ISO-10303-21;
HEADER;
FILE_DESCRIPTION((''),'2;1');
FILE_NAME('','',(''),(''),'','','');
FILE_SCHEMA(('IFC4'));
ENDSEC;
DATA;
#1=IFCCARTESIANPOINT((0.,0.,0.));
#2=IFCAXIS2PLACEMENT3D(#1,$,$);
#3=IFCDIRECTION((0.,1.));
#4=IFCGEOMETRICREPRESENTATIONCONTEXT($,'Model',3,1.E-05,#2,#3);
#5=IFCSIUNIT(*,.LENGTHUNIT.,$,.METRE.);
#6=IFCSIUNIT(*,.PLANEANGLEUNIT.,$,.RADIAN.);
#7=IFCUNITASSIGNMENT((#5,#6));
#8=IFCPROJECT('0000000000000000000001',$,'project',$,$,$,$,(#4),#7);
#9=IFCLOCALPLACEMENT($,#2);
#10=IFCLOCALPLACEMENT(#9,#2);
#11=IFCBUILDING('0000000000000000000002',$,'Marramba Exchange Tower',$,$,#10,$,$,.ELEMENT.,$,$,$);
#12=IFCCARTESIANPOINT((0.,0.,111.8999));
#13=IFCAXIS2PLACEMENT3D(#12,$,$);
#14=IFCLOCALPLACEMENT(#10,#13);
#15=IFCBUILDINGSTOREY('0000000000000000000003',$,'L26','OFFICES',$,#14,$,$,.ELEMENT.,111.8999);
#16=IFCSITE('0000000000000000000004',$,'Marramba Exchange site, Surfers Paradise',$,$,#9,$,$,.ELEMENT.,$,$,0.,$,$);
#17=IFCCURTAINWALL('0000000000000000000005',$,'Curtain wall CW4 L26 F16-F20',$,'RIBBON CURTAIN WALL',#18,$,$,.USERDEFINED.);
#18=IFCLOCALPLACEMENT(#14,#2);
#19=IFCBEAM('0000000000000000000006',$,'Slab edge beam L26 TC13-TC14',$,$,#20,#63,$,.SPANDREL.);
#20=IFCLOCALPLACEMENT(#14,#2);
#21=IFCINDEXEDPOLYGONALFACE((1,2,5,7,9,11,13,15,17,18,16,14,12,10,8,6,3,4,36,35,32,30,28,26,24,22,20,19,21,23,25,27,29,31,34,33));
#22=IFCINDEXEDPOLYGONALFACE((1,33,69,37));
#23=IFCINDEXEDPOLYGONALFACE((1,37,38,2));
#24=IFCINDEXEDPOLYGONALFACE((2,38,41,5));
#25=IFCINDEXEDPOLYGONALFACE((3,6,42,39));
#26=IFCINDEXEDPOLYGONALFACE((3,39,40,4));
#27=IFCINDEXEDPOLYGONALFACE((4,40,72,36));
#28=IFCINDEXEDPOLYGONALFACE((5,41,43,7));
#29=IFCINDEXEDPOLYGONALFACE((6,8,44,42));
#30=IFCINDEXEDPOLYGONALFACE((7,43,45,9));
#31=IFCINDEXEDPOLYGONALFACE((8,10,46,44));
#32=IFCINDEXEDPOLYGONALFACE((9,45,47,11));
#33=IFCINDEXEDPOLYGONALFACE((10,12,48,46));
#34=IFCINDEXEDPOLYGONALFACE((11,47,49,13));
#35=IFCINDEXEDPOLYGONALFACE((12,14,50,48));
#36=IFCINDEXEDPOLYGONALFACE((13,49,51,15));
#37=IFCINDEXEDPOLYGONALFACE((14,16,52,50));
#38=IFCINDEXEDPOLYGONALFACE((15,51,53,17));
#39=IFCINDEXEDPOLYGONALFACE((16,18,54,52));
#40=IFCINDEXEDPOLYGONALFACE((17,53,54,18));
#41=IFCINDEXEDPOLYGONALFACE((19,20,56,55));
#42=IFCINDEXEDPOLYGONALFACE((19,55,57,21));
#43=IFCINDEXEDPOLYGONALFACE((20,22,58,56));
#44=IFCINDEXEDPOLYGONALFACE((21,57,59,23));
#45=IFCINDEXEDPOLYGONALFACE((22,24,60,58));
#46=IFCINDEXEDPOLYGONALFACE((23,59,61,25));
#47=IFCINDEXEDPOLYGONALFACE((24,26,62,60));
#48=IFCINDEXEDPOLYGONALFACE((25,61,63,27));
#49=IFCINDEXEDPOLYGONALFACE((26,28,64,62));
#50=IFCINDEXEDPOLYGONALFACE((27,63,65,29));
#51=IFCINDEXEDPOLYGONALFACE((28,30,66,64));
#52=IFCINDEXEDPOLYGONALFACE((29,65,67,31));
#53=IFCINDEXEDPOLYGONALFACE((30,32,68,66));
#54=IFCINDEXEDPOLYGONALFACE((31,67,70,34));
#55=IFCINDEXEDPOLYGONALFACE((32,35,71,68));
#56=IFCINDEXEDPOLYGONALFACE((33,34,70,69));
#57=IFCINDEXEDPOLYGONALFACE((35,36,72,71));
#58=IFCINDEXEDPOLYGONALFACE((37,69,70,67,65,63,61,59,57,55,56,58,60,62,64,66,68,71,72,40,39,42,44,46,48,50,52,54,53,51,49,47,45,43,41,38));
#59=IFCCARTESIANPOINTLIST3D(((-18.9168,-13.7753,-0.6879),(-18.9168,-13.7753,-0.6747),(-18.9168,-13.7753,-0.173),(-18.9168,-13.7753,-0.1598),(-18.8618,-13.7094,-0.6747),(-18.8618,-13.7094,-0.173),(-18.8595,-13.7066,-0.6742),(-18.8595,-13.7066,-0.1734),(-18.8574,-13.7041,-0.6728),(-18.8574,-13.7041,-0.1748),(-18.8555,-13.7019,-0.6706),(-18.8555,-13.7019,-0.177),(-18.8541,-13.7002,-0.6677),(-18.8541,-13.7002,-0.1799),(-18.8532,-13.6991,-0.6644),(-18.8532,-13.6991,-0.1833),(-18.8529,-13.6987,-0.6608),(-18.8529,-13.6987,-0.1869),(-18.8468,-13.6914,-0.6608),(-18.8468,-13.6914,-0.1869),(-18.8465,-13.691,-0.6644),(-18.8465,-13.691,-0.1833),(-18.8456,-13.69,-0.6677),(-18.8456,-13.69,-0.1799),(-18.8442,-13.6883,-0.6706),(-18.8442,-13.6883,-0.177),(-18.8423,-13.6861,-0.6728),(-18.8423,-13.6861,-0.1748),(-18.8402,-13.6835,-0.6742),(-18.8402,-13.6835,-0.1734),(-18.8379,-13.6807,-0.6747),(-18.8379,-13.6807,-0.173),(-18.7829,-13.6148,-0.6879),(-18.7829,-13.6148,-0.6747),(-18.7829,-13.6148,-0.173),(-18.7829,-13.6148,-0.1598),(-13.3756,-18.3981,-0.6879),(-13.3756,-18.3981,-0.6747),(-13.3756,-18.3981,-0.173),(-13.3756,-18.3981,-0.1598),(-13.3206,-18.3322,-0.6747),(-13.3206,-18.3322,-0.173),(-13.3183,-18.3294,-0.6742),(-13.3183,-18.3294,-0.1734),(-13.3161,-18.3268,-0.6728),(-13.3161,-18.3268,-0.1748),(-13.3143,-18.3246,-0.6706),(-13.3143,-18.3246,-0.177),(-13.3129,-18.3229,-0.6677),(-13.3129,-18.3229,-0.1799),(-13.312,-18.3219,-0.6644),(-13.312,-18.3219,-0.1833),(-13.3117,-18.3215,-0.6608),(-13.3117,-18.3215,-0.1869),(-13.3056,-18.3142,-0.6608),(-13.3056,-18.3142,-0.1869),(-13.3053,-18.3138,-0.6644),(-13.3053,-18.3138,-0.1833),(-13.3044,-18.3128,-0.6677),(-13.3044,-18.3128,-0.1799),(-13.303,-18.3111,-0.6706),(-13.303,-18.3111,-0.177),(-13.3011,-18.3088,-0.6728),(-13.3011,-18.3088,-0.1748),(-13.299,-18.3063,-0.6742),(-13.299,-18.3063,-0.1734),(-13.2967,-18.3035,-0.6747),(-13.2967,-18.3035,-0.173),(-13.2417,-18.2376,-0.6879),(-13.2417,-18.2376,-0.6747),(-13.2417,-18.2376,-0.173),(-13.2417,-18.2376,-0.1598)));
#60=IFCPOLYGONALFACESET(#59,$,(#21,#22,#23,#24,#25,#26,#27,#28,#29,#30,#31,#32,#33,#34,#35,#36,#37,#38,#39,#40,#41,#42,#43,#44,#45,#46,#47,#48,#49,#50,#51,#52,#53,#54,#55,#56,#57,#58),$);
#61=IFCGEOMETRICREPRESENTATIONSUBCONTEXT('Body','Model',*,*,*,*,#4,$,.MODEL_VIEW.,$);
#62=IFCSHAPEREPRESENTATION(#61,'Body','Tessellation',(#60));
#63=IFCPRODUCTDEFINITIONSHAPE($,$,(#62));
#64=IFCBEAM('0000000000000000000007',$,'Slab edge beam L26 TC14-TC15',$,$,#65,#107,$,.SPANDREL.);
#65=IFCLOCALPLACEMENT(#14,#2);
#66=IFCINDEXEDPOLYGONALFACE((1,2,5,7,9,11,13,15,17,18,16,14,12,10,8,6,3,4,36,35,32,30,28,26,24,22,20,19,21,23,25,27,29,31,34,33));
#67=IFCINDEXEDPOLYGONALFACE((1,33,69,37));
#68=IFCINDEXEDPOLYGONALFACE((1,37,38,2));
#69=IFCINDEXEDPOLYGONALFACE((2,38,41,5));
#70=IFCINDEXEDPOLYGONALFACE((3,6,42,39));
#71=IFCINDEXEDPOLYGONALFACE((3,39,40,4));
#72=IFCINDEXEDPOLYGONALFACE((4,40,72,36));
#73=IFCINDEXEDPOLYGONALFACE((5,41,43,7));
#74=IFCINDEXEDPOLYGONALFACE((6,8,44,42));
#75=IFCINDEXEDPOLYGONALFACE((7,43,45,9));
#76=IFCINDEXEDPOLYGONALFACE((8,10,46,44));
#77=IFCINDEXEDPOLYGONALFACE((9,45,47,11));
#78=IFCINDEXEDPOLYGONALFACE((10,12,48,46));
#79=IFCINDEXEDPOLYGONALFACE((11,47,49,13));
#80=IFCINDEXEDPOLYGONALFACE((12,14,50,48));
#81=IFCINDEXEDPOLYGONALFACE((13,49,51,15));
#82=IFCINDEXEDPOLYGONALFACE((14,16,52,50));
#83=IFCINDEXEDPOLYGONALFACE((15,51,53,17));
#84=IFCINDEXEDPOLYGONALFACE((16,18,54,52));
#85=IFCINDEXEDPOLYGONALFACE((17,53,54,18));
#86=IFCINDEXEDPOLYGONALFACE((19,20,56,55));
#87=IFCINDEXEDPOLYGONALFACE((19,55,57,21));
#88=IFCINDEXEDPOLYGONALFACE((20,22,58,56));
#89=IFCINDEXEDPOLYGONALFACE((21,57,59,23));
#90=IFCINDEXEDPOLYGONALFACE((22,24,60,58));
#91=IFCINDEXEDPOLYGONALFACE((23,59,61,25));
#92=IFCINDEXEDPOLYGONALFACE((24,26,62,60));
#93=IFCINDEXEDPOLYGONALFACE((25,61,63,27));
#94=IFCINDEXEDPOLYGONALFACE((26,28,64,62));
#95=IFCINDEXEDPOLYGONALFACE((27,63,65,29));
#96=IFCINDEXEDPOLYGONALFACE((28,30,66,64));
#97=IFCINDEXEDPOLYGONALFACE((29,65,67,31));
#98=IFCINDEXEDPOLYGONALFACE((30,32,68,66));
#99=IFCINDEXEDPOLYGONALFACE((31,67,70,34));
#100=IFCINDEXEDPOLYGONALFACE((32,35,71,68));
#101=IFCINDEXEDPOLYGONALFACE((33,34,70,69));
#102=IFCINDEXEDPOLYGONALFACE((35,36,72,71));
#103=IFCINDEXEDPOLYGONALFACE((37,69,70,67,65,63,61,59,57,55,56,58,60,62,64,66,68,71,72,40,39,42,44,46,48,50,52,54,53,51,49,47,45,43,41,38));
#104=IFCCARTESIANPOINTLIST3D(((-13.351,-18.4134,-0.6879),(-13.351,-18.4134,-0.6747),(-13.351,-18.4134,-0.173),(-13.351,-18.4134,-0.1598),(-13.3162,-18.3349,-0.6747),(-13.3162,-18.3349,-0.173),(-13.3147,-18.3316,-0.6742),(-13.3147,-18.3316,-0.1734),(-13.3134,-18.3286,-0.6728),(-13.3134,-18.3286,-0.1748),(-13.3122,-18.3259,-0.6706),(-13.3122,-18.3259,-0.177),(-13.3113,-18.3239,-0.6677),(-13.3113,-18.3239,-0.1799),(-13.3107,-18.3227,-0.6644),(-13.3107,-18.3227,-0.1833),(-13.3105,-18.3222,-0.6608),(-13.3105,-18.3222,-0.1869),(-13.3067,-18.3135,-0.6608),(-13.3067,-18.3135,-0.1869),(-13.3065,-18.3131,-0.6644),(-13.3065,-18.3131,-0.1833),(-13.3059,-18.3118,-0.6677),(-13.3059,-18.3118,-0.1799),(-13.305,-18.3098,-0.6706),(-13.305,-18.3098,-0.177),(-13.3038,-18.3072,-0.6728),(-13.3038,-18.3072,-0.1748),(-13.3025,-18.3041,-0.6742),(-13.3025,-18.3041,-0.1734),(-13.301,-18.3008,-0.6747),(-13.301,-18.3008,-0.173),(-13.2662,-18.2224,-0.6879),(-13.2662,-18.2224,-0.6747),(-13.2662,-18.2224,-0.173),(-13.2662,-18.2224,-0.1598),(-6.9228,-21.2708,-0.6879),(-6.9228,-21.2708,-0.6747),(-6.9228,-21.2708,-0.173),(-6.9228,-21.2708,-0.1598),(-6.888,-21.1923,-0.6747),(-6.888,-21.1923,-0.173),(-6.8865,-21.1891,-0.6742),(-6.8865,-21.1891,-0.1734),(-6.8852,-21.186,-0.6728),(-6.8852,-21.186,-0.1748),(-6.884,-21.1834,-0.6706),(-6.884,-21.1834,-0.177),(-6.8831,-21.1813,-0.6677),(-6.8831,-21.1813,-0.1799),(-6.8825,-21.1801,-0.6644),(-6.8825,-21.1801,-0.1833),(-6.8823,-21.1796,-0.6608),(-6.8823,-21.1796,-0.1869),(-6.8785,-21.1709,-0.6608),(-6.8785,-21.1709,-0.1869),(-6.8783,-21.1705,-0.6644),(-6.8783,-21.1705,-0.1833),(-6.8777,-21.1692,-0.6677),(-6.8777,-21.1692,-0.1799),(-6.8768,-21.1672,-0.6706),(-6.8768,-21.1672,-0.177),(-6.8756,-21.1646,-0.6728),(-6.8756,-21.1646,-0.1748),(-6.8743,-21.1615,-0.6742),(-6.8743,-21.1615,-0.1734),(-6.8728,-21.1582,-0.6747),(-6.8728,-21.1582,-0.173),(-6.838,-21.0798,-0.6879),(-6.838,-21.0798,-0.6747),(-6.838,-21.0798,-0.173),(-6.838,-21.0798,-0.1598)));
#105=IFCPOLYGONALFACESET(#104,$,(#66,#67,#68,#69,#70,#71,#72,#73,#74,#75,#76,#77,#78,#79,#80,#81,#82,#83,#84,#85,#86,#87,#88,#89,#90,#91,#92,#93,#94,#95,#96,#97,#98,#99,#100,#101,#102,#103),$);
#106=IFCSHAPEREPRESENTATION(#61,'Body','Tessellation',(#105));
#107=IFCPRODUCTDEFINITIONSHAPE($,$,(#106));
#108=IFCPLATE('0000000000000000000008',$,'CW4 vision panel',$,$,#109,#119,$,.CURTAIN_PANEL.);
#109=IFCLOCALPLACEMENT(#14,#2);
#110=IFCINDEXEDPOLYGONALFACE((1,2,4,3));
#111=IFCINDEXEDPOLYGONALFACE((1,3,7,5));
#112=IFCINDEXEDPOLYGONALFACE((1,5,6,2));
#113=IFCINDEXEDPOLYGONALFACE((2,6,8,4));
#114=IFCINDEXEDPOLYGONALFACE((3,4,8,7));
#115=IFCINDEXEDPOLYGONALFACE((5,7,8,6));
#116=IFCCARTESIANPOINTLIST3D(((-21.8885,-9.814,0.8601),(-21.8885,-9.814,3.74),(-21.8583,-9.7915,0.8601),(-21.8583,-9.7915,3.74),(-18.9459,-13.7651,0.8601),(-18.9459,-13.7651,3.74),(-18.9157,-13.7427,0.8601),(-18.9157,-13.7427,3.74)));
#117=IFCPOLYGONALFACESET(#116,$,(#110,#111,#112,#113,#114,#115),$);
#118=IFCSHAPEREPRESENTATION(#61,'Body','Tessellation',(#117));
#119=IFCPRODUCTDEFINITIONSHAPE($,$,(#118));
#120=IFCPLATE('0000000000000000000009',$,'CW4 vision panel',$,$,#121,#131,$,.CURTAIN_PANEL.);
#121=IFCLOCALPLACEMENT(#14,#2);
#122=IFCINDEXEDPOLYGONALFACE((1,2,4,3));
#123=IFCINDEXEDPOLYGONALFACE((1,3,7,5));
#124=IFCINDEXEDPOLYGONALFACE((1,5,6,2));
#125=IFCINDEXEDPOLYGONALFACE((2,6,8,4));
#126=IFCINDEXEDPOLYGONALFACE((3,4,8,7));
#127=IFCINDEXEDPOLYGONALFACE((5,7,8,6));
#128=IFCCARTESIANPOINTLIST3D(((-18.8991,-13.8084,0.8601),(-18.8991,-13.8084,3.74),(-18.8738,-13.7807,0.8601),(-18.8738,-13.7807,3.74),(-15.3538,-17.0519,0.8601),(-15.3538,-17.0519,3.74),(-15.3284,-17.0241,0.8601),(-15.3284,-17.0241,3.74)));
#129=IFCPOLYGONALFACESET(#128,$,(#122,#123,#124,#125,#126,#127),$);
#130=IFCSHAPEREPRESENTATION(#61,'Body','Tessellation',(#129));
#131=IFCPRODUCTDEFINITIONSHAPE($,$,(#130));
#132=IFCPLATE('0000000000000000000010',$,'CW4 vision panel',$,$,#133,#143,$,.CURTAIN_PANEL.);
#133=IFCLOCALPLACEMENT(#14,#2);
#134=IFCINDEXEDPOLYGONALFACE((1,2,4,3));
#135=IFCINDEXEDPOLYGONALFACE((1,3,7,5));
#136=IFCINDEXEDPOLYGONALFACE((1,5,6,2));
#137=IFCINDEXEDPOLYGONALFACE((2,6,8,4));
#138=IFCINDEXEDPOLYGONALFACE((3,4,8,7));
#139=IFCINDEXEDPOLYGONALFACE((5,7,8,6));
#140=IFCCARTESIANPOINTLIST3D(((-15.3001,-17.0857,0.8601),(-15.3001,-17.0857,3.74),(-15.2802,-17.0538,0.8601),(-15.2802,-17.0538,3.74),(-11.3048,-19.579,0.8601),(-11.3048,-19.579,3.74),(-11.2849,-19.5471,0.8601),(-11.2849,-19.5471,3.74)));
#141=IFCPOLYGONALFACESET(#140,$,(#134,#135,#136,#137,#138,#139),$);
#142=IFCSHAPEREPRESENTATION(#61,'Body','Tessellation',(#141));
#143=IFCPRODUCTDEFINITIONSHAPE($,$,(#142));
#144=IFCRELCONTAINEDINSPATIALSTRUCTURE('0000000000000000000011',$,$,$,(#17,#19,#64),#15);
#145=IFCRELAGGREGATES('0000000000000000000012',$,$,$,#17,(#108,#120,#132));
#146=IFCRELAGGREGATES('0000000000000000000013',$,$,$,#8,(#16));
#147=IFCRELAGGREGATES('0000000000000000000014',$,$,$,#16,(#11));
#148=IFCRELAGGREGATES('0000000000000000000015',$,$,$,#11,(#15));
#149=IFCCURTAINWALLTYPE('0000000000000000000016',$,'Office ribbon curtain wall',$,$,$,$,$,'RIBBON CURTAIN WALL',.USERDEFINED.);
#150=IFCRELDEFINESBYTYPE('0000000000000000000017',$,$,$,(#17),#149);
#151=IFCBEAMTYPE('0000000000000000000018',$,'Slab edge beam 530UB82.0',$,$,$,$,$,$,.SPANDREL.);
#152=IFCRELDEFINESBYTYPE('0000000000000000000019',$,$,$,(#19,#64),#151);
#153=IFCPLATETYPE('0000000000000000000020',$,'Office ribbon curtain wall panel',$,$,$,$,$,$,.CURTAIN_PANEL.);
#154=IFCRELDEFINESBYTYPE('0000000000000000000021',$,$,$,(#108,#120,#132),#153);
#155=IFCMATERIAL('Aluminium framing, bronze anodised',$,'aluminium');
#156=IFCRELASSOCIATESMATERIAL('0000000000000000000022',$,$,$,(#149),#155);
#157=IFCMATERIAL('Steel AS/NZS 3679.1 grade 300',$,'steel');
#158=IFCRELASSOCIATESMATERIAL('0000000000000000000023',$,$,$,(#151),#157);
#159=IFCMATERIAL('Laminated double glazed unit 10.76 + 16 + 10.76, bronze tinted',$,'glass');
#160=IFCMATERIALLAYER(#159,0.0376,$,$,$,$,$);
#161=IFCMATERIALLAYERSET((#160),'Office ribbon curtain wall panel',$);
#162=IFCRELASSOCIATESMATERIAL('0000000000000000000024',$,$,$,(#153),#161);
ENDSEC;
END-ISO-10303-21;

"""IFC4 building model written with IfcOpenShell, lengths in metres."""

from ifc_helpers import new_model, si_unit, direction, frame, origin, origin_2d, place, context, subcontext, project, spatial, rectangle, i_section, extrude, material, layer, layer_set, material_profile, profile_set, type_object, element, aggregate, save


model = new_model("IFC4")

# Units and contexts
model_context = context("Model", 3, precision=1e-05, world=origin(), true_north=direction((0.0, 1.0)))
body_context = subcontext(model_context, "Body", "Model", "MODEL_VIEW")
ifc_project = project(units=[si_unit("LENGTHUNIT", "METRE"), si_unit("PLANEANGLEUNIT", "RADIAN")], contexts=[model_context])

# Site, building, storey
site_placement = place(None, origin())
site = spatial("IfcSite", under=ifc_project, at=site_placement, Name="Marramba Exchange site, Surfers Paradise", CompositionType="ELEMENT", RefElevation=0.0)
building_placement = place(site_placement, origin())
building = spatial("IfcBuilding", under=site, at=building_placement, Name="Marramba Exchange Tower", CompositionType="ELEMENT")
storey_placement = place(building_placement, frame((0.0, 0.0, 111.8999)))
storey = spatial("IfcBuildingStorey", under=building, at=storey_placement, Name="L26", Description="OFFICES", CompositionType="ELEMENT", Elevation=111.8999)

# Curtain wall
ifc_material_1 = material(Name="Aluminium framing, bronze anodised", Category="aluminium")
curtain_wall_type = type_object("IfcCurtainWallType", Name="Office ribbon curtain wall", ElementType="RIBBON CURTAIN WALL", PredefinedType="USERDEFINED", material=ifc_material_1)
curtain_wall_placement = place(storey_placement, origin())
curtain_wall = element("IfcCurtainWall", 1, at=curtain_wall_placement, inside=storey, type_object=curtain_wall_type, Name="Curtain wall CW4 L26 F16-F20", ObjectType="RIBBON CURTAIN WALL", PredefinedType="USERDEFINED")

# Beams
ifc_material_2 = material(Name="Steel AS/NZS 3679.1 grade 300", Category="steel")
ifc_material_profile_1 = material_profile(ifc_material_2, i_section(OverallWidth=0.209, OverallDepth=0.5281, WebThickness=0.0095, FlangeThickness=0.0132, FilletRadius=0.0139, at=origin_2d()), Name="530UB82.0")
ifc_profile_set_1 = profile_set([ifc_material_profile_1], Name="Steel AS/NZS 3679.1 grade 300")
beam_type_1 = type_object("IfcBeamType", Name="Slab edge beam 530UB82.0", PredefinedType="SPANDREL", material=ifc_profile_set_1)
beam_1_placement = place(storey_placement, frame((-18.8499, -13.6951, -0.4238), z_axis=(0.767875, -0.6406, 0.0), x_axis=(0.6406, 0.767875, 0.0)))
element("IfcBeam", 2, at=beam_1_placement, inside=storey, type_object=beam_type_1, Name="Slab edge beam L26 TC13-TC14", PredefinedType="SPANDREL", context=body_context, shape_type="SweptSolid", body=[
    extrude(i_section(OverallWidth=0.209, OverallDepth=0.5281, WebThickness=0.0095, FlangeThickness=0.0132, FilletRadius=0.0139, at=origin_2d()), origin(), (0.0, 0.0, 1.0), 7.2163),
])
beam_2_placement = place(storey_placement, frame((-13.3086, -18.3179, -0.4238), z_axis=(0.913789, -0.40619, 0.0), x_axis=(0.40619, 0.913789, 0.0)))
element("IfcBeam", 3, at=beam_2_placement, inside=storey, type_object=beam_type_1, Name="Slab edge beam L26 TC14-TC15", PredefinedType="SPANDREL", context=body_context, shape_type="SweptSolid", body=[
    extrude(i_section(OverallWidth=0.209, OverallDepth=0.5281, WebThickness=0.0095, FlangeThickness=0.0132, FilletRadius=0.0139, at=origin_2d()), origin(), (0.0, 0.0, 1.0), 7.0347),
])

# Plates
ifc_material_3 = material(Name="Laminated double glazed unit 10.76 + 16 + 10.76, bronze tinted", Category="glass")
ifc_layer_1 = layer(ifc_material_3, 0.0376)
ifc_layer_set_1 = layer_set([ifc_layer_1], Name="Office ribbon curtain wall panel")
plate_type = type_object("IfcPlateType", Name="Office ribbon curtain wall panel", PredefinedType="CURTAIN_PANEL", material=ifc_layer_set_1)
plate_1_placement = place(storey_placement, frame((-20.4021, -11.7783, 0.8601), z_axis=(0.0, 0.0, 1.0), x_axis=(0.597305, -0.802014, 0.0)))
plate_1 = element("IfcPlate", 4, at=plate_1_placement, type_object=plate_type, Name="CW4 vision panel", PredefinedType="CURTAIN_PANEL", context=body_context, shape_type="SweptSolid", body=[
    extrude(rectangle(XDim=4.9265, YDim=0.0376, at=origin_2d()), origin(), (0.0, 0.0, 1.0), 2.8799),
])
plate_2_placement = place(storey_placement, frame((-17.1138, -15.4163, 0.8601), z_axis=(0.0, 0.0, 1.0), x_axis=(0.737822, -0.674995, 0.0)))
plate_2 = element("IfcPlate", 5, at=plate_2_placement, type_object=plate_type, Name="CW4 vision panel", PredefinedType="CURTAIN_PANEL", context=body_context, shape_type="SweptSolid", body=[
    extrude(rectangle(XDim=4.8052, YDim=0.0376, at=origin_2d()), origin(), (0.0, 0.0, 1.0), 2.8799),
])
plate_3_placement = place(storey_placement, frame((-13.2925, -18.3164, 0.8601), z_axis=(0.0, 0.0, 1.0), x_axis=(0.848355, -0.529428, 0.0)))
plate_3 = element("IfcPlate", 6, at=plate_3_placement, type_object=plate_type, Name="CW4 vision panel", PredefinedType="CURTAIN_PANEL", context=body_context, shape_type="SweptSolid", body=[
    extrude(rectangle(XDim=4.7095, YDim=0.0376, at=origin_2d()), origin(), (0.0, 0.0, 1.0), 2.8799),
])
aggregate(curtain_wall, [plate_1, plate_2, plate_3])

save(model, "model.ifc")
